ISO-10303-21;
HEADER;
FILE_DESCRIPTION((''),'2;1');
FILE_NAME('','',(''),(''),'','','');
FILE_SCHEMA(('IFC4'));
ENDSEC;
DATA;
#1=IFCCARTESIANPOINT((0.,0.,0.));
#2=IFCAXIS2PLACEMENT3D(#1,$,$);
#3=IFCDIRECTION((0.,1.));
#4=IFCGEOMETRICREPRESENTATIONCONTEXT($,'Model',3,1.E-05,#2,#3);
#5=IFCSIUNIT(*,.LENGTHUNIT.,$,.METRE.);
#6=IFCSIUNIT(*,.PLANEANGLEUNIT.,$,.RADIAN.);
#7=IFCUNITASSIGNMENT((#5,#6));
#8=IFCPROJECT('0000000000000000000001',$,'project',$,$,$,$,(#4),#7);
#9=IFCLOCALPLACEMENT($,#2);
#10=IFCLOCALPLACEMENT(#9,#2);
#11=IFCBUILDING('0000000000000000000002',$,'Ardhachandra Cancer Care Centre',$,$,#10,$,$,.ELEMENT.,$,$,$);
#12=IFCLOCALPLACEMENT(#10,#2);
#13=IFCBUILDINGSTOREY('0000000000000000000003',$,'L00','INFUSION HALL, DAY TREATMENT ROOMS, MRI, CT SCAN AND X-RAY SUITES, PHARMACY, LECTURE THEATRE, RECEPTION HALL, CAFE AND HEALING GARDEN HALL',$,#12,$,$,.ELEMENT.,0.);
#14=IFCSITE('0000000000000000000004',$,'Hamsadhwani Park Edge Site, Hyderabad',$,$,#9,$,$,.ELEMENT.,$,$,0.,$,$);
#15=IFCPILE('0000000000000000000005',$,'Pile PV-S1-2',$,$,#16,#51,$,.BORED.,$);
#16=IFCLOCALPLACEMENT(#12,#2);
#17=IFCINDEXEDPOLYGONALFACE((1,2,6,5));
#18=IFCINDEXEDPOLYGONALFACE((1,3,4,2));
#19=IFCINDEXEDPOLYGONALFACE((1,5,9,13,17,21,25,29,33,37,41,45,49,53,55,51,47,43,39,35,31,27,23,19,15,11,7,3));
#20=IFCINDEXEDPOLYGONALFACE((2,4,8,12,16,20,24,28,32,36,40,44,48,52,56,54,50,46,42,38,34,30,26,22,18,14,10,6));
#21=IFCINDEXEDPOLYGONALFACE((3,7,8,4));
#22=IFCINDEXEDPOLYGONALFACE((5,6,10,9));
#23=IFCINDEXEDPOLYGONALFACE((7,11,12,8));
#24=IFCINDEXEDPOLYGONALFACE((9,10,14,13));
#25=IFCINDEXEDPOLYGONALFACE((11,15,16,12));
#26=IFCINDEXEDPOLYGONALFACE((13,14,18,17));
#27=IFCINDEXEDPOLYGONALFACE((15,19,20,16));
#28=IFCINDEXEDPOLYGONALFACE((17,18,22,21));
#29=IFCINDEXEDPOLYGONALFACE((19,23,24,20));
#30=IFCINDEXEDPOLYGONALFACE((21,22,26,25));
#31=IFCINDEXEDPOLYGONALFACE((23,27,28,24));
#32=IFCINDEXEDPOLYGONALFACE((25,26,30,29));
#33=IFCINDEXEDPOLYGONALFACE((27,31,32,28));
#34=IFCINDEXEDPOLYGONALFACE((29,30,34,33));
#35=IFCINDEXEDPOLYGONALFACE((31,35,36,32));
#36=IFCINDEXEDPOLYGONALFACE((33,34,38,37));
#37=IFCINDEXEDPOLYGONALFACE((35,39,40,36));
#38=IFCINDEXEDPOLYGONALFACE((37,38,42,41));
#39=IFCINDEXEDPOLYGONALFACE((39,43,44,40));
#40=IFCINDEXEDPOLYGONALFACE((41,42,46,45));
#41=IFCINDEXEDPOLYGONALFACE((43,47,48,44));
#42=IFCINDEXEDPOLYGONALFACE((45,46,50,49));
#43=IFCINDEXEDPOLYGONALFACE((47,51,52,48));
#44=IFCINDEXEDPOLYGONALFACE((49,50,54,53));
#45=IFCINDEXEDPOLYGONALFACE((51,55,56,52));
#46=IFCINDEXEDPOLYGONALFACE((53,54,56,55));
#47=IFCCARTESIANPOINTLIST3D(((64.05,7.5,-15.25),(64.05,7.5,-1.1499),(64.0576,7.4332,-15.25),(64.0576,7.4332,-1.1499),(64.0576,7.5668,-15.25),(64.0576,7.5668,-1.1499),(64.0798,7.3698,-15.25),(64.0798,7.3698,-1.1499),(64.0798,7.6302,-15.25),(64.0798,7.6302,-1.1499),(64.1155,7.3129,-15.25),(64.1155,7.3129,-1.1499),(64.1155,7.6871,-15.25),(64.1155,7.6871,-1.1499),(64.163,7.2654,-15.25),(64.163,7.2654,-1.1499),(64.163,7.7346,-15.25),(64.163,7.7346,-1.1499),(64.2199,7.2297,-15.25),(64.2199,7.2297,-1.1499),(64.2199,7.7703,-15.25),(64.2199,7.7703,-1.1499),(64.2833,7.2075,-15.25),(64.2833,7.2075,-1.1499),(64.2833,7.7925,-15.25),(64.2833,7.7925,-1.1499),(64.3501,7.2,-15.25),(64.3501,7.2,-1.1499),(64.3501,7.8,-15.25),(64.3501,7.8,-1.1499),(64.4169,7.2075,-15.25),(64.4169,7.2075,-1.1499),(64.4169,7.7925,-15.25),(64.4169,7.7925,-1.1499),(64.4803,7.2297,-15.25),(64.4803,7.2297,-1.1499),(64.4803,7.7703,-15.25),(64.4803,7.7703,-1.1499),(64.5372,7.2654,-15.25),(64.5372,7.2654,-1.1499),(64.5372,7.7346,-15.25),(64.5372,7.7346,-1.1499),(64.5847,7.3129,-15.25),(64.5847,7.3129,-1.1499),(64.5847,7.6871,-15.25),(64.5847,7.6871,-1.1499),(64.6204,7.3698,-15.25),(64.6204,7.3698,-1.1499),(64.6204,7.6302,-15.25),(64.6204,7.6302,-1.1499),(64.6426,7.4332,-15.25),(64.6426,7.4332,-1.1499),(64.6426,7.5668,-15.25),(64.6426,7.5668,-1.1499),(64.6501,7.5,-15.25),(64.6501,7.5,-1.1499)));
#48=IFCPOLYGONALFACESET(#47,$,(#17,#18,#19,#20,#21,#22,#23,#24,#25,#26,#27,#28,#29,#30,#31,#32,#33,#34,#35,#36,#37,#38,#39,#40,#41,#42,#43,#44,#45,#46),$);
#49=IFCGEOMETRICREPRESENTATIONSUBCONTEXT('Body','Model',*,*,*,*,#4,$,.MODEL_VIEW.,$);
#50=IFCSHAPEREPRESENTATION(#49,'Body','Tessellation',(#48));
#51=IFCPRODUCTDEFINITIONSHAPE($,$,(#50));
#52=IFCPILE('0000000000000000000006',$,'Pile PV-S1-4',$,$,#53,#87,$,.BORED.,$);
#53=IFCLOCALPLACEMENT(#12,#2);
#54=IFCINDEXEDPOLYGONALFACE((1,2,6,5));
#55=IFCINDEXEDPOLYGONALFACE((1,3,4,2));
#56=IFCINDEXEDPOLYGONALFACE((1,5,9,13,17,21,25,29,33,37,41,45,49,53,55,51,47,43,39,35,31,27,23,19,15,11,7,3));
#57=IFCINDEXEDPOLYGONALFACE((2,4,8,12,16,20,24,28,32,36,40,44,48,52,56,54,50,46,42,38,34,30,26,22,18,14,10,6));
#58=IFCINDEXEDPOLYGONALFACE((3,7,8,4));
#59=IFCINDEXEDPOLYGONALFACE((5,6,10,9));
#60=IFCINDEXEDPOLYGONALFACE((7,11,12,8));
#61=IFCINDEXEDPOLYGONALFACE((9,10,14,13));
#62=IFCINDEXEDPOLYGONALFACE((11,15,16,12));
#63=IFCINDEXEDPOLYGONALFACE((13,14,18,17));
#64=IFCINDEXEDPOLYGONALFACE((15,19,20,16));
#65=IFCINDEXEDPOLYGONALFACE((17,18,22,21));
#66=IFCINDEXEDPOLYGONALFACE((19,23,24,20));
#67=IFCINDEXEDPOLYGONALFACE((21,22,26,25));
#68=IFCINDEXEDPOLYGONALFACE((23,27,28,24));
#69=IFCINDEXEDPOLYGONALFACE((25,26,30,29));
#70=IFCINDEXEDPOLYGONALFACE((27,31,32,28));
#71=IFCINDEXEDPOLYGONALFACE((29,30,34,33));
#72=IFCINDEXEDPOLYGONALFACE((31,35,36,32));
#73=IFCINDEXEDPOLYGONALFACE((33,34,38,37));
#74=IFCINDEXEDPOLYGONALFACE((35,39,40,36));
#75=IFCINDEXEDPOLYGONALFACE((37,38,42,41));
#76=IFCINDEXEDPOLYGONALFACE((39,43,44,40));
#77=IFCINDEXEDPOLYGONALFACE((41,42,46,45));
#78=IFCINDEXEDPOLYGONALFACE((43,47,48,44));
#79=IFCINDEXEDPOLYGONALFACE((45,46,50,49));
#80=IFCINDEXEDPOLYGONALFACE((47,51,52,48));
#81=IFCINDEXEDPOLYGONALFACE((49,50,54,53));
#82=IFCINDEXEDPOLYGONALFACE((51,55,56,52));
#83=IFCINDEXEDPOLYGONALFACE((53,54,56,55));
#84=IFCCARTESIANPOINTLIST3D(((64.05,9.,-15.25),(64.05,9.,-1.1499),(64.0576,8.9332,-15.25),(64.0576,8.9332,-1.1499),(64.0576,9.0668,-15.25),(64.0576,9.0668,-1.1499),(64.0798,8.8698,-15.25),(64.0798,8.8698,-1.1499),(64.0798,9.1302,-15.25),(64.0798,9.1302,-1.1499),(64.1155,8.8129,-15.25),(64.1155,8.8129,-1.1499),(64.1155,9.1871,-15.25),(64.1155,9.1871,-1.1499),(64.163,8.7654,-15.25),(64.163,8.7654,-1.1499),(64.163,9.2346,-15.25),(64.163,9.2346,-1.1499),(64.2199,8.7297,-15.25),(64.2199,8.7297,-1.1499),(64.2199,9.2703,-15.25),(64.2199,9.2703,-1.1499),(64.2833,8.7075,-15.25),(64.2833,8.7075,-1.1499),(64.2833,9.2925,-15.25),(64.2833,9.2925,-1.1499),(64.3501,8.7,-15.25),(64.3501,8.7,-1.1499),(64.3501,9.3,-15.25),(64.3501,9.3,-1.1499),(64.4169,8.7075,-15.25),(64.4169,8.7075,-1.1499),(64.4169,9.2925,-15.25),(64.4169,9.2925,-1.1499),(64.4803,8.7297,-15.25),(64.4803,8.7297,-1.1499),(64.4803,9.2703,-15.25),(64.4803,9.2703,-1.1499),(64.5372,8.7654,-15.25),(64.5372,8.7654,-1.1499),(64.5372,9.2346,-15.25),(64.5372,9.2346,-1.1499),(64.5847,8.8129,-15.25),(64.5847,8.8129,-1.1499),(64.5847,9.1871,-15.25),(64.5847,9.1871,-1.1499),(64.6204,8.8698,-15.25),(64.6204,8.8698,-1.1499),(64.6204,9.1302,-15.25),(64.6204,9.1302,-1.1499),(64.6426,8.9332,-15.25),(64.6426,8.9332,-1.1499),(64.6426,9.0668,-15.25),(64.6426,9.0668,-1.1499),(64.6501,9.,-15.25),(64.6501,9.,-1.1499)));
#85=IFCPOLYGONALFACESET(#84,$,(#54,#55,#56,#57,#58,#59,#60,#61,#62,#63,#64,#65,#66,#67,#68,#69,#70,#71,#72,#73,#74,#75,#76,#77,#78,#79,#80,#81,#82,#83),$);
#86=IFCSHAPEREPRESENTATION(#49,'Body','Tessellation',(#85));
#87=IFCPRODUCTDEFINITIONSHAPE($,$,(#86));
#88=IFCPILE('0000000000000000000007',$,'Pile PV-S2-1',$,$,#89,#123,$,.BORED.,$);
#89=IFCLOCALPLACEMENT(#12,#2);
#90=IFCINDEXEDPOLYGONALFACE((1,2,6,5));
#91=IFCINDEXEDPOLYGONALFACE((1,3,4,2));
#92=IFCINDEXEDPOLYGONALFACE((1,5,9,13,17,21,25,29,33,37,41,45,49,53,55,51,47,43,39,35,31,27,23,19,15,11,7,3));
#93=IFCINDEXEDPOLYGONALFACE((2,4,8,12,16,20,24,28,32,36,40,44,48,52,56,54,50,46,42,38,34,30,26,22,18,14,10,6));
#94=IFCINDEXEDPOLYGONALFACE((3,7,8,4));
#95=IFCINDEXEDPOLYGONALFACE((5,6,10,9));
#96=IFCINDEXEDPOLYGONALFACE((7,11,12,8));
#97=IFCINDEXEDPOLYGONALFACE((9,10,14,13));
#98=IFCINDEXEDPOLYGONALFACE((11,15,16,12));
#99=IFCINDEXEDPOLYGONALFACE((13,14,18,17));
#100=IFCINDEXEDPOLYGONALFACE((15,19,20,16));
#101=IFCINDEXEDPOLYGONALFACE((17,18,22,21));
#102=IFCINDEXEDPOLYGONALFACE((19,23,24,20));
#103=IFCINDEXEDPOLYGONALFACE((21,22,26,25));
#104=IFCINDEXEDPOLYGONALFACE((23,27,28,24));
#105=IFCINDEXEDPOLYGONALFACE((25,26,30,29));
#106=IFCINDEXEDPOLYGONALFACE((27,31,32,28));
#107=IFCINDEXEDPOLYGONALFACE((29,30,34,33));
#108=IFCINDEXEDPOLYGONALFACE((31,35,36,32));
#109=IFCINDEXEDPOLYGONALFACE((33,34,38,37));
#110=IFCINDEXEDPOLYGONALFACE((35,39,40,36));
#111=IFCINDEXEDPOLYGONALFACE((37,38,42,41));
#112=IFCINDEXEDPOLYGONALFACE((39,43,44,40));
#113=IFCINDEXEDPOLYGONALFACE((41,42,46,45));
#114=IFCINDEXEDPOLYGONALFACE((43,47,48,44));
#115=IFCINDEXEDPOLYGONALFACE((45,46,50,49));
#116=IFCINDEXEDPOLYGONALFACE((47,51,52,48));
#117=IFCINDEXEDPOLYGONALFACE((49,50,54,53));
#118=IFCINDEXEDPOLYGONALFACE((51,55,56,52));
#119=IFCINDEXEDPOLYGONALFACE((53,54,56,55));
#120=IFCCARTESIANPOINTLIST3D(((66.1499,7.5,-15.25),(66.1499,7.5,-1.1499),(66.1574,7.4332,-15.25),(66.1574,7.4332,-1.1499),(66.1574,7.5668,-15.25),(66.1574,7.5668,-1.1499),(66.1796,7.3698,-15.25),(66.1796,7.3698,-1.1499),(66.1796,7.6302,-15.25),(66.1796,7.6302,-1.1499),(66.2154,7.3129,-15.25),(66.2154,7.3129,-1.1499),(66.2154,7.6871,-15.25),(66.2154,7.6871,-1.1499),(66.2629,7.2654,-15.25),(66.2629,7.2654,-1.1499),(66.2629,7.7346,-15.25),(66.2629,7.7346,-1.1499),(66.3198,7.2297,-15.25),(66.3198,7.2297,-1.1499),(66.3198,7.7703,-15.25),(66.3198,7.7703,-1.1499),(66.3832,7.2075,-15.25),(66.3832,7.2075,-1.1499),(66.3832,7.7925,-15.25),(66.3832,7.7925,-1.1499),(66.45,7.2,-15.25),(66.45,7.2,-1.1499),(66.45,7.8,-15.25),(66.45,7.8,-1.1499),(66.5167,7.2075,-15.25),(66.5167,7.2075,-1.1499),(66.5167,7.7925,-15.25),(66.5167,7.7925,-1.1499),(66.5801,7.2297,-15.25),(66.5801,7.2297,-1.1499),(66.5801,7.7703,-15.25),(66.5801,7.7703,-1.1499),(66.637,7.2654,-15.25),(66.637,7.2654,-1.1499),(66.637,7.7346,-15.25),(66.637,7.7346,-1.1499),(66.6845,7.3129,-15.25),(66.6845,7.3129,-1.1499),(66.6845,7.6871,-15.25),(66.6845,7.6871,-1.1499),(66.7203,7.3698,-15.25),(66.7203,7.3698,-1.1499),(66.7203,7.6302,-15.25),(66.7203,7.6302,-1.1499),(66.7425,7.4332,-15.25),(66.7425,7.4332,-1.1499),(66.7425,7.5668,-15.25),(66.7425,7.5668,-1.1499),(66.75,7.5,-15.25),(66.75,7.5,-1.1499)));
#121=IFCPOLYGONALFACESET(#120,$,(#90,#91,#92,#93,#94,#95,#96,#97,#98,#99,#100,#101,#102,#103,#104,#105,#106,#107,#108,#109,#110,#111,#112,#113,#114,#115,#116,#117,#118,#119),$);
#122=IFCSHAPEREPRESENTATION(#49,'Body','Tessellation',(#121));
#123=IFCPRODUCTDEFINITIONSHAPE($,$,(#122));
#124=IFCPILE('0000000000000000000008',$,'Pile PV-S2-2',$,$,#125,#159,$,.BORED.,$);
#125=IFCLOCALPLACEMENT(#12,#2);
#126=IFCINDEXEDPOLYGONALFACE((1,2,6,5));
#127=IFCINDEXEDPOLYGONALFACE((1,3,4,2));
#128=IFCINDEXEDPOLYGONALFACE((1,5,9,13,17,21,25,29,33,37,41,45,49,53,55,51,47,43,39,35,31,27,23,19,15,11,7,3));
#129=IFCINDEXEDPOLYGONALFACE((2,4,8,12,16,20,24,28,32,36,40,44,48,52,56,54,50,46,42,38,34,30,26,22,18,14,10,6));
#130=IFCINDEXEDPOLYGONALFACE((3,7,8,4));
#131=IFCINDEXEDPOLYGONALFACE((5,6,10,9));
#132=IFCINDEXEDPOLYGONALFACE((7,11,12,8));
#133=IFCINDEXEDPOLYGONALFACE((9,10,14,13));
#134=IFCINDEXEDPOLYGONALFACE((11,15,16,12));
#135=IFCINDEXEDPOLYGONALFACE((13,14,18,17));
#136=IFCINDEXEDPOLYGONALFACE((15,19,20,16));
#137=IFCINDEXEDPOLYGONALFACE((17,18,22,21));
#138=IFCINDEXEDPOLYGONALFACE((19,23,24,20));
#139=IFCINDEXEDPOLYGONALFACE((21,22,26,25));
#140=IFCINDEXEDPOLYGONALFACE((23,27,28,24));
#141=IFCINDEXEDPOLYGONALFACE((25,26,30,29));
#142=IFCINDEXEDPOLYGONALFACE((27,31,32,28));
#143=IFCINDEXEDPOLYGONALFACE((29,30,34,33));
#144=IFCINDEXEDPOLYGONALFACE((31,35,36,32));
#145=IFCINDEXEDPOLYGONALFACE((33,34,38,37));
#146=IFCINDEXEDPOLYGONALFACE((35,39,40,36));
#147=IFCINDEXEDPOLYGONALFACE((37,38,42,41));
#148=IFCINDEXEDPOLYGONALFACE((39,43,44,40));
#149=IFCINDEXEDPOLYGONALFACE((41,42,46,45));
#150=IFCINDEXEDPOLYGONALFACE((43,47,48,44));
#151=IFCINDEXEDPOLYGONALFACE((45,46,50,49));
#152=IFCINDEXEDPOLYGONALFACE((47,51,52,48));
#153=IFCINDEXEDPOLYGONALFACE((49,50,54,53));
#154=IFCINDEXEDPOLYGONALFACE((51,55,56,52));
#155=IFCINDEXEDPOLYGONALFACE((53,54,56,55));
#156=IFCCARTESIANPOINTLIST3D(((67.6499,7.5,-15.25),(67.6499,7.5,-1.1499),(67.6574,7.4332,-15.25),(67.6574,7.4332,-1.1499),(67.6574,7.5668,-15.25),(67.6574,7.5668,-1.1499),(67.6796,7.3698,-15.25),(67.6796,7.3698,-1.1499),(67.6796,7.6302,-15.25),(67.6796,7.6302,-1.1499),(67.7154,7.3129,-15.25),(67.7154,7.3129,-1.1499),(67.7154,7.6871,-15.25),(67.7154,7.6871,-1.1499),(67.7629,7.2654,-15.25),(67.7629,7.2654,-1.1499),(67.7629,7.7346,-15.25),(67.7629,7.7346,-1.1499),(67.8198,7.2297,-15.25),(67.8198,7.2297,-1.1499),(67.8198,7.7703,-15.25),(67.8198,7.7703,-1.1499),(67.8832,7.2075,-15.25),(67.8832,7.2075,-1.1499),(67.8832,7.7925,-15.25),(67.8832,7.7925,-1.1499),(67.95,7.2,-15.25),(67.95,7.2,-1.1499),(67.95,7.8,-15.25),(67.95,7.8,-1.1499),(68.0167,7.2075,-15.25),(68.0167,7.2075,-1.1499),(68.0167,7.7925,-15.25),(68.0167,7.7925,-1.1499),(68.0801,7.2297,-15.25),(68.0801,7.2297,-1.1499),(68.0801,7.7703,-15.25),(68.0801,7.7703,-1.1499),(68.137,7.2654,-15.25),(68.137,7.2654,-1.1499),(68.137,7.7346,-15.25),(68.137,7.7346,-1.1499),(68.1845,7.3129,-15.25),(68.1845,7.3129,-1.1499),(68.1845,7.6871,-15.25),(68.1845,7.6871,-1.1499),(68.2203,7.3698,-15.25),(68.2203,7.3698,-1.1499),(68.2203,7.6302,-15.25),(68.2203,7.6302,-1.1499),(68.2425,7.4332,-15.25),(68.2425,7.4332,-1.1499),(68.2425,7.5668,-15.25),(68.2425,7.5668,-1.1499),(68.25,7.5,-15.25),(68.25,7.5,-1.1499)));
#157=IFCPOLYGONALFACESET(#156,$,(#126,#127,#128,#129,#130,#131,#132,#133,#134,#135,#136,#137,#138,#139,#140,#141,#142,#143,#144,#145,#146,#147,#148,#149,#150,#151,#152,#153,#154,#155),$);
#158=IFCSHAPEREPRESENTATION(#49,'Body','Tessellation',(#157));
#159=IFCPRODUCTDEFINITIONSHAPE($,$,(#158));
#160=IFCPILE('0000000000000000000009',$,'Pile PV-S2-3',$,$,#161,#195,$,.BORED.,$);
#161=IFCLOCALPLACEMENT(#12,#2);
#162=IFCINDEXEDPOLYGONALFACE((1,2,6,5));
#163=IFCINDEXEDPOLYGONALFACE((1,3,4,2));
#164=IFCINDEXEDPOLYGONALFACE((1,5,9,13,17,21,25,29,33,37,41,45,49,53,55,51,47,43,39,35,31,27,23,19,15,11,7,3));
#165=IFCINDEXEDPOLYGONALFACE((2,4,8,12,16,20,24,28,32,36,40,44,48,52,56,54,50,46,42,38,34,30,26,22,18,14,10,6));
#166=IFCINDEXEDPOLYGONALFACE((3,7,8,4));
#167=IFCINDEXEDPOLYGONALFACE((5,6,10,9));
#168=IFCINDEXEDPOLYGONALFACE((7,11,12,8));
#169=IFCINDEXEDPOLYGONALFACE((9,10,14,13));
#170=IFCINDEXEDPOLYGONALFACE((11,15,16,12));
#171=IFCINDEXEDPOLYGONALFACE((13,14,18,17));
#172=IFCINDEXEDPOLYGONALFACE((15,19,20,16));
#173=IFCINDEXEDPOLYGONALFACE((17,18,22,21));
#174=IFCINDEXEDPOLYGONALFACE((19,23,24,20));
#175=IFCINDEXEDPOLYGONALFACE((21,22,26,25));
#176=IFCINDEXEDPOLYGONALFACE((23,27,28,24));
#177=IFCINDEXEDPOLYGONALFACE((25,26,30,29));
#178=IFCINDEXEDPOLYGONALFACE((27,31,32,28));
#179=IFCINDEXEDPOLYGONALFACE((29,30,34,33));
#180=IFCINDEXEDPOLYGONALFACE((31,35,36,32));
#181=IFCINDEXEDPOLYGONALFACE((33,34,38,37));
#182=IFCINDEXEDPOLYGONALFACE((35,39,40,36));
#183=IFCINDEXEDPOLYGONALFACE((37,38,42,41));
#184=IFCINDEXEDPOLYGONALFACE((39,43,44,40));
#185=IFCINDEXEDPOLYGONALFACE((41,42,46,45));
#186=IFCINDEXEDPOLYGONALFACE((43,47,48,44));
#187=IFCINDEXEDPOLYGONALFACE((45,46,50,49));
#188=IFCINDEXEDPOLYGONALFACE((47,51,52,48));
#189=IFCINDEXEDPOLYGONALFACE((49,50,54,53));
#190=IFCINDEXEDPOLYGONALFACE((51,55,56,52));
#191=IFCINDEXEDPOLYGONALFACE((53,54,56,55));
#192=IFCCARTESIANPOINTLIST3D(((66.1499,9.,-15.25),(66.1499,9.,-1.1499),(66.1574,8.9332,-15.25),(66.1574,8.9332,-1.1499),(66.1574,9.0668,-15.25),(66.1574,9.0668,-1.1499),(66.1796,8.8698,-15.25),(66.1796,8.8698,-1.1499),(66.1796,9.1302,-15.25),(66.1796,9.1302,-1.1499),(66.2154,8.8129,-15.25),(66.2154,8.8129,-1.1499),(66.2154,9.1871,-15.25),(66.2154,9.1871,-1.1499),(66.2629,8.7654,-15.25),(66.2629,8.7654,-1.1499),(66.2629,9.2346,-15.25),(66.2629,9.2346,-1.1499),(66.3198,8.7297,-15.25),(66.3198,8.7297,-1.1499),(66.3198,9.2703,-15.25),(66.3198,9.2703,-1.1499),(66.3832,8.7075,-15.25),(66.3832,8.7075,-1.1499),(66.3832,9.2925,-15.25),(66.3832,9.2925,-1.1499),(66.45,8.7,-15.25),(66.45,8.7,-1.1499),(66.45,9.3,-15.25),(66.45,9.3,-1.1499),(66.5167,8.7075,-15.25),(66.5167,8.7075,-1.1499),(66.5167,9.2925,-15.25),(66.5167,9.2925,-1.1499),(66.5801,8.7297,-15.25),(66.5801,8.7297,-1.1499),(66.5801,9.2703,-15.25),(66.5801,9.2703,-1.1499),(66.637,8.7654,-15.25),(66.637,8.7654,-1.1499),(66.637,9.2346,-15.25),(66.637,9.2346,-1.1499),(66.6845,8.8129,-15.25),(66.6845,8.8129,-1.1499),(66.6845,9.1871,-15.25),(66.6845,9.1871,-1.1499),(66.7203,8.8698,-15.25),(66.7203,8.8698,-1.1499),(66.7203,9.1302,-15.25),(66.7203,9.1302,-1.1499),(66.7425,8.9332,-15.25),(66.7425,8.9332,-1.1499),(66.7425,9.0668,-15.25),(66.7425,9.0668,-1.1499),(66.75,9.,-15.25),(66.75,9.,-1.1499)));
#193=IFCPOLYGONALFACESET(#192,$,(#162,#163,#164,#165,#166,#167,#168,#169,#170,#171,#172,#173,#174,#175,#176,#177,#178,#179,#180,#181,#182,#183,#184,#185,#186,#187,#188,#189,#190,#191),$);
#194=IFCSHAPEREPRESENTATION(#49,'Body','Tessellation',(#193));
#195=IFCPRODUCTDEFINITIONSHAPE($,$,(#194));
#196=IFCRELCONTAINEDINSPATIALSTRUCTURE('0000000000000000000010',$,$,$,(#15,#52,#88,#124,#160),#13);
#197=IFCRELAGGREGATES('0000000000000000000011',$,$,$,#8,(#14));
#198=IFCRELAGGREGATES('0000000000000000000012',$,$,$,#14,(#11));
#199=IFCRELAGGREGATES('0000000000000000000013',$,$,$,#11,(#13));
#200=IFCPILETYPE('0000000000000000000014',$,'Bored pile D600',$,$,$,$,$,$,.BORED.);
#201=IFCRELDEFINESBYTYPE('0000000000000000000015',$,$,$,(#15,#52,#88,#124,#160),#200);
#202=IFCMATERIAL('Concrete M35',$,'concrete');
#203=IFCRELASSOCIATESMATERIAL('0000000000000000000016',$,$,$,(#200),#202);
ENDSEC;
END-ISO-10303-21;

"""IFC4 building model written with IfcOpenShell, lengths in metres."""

from ifc_helpers import new_model, si_unit, direction, frame, origin, origin_2d, place, context, subcontext, project, spatial, circle, extrude, material, material_profile, profile_set, type_object, element, save


model = new_model("IFC4")

# Units and contexts
model_context = context("Model", 3, precision=1e-05, world=origin(), true_north=direction((0.0, 1.0)))
body_context = subcontext(model_context, "Body", "Model", "MODEL_VIEW")
ifc_project = project(units=[si_unit("LENGTHUNIT", "METRE"), si_unit("PLANEANGLEUNIT", "RADIAN")], contexts=[model_context])

# Site, building, storey
site_placement = place(None, origin())
site = spatial("IfcSite", under=ifc_project, at=site_placement, Name="Hamsadhwani Park Edge Site, Hyderabad", CompositionType="ELEMENT", RefElevation=0.0)
building_placement = place(site_placement, origin())
building = spatial("IfcBuilding", under=site, at=building_placement, Name="Ardhachandra Cancer Care Centre", CompositionType="ELEMENT")
storey_placement = place(building_placement, origin())
storey = spatial("IfcBuildingStorey", under=building, at=storey_placement, Name="L00", Description="INFUSION HALL, DAY TREATMENT ROOMS, MRI, CT SCAN AND X-RAY SUITES, PHARMACY, LECTURE THEATRE, RECEPTION HALL, CAFE AND HEALING GARDEN HALL", CompositionType="ELEMENT", Elevation=0.0)

# Piles
ifc_material_1 = material(Name="Concrete M35", Category="concrete")
ifc_material_profile_1 = material_profile(ifc_material_1, circle(Radius=0.3, at=origin_2d()), Name="D600")
ifc_profile_set_1 = profile_set([ifc_material_profile_1], Name="Concrete M35")
pile_type = type_object("IfcPileType", Name="Bored pile D600", PredefinedType="BORED", material=ifc_profile_set_1)
for number, where, z_axis, x_axis, name in (
    (1, (64.3501, 7.5, -1.1499), (0.0, 0.0, -1.0), (1.0, 0.0, 0.0), "Pile PV-S1-2"),
    (2, (64.3501, 9.0, -1.1499), (0.0, 0.0, -1.0), (1.0, 0.0, 0.0), "Pile PV-S1-4"),
    (3, (66.45, 7.5, -1.1499), (0.0, 0.0, -1.0), (1.0, 0.0, 0.0), "Pile PV-S2-1"),
    (4, (67.95, 7.5, -1.1499), (0.0, 0.0, -1.0), (1.0, 0.0, 0.0), "Pile PV-S2-2"),
    (5, (66.45, 9.0, -1.1499), (0.0, 0.0, -1.0), (1.0, 0.0, 0.0), "Pile PV-S2-3"),
):
    element("IfcPile", number, at=place(storey_placement, frame(where, z_axis=z_axis, x_axis=x_axis)), inside=storey, type_object=pile_type, Name=name, PredefinedType="BORED", context=body_context, shape_type="SweptSolid", body=[
        extrude(circle(Radius=0.3, at=origin_2d()), origin(), (0.0, 0.0, 1.0), 14.1001),
    ])

save(model, "model.ifc")
